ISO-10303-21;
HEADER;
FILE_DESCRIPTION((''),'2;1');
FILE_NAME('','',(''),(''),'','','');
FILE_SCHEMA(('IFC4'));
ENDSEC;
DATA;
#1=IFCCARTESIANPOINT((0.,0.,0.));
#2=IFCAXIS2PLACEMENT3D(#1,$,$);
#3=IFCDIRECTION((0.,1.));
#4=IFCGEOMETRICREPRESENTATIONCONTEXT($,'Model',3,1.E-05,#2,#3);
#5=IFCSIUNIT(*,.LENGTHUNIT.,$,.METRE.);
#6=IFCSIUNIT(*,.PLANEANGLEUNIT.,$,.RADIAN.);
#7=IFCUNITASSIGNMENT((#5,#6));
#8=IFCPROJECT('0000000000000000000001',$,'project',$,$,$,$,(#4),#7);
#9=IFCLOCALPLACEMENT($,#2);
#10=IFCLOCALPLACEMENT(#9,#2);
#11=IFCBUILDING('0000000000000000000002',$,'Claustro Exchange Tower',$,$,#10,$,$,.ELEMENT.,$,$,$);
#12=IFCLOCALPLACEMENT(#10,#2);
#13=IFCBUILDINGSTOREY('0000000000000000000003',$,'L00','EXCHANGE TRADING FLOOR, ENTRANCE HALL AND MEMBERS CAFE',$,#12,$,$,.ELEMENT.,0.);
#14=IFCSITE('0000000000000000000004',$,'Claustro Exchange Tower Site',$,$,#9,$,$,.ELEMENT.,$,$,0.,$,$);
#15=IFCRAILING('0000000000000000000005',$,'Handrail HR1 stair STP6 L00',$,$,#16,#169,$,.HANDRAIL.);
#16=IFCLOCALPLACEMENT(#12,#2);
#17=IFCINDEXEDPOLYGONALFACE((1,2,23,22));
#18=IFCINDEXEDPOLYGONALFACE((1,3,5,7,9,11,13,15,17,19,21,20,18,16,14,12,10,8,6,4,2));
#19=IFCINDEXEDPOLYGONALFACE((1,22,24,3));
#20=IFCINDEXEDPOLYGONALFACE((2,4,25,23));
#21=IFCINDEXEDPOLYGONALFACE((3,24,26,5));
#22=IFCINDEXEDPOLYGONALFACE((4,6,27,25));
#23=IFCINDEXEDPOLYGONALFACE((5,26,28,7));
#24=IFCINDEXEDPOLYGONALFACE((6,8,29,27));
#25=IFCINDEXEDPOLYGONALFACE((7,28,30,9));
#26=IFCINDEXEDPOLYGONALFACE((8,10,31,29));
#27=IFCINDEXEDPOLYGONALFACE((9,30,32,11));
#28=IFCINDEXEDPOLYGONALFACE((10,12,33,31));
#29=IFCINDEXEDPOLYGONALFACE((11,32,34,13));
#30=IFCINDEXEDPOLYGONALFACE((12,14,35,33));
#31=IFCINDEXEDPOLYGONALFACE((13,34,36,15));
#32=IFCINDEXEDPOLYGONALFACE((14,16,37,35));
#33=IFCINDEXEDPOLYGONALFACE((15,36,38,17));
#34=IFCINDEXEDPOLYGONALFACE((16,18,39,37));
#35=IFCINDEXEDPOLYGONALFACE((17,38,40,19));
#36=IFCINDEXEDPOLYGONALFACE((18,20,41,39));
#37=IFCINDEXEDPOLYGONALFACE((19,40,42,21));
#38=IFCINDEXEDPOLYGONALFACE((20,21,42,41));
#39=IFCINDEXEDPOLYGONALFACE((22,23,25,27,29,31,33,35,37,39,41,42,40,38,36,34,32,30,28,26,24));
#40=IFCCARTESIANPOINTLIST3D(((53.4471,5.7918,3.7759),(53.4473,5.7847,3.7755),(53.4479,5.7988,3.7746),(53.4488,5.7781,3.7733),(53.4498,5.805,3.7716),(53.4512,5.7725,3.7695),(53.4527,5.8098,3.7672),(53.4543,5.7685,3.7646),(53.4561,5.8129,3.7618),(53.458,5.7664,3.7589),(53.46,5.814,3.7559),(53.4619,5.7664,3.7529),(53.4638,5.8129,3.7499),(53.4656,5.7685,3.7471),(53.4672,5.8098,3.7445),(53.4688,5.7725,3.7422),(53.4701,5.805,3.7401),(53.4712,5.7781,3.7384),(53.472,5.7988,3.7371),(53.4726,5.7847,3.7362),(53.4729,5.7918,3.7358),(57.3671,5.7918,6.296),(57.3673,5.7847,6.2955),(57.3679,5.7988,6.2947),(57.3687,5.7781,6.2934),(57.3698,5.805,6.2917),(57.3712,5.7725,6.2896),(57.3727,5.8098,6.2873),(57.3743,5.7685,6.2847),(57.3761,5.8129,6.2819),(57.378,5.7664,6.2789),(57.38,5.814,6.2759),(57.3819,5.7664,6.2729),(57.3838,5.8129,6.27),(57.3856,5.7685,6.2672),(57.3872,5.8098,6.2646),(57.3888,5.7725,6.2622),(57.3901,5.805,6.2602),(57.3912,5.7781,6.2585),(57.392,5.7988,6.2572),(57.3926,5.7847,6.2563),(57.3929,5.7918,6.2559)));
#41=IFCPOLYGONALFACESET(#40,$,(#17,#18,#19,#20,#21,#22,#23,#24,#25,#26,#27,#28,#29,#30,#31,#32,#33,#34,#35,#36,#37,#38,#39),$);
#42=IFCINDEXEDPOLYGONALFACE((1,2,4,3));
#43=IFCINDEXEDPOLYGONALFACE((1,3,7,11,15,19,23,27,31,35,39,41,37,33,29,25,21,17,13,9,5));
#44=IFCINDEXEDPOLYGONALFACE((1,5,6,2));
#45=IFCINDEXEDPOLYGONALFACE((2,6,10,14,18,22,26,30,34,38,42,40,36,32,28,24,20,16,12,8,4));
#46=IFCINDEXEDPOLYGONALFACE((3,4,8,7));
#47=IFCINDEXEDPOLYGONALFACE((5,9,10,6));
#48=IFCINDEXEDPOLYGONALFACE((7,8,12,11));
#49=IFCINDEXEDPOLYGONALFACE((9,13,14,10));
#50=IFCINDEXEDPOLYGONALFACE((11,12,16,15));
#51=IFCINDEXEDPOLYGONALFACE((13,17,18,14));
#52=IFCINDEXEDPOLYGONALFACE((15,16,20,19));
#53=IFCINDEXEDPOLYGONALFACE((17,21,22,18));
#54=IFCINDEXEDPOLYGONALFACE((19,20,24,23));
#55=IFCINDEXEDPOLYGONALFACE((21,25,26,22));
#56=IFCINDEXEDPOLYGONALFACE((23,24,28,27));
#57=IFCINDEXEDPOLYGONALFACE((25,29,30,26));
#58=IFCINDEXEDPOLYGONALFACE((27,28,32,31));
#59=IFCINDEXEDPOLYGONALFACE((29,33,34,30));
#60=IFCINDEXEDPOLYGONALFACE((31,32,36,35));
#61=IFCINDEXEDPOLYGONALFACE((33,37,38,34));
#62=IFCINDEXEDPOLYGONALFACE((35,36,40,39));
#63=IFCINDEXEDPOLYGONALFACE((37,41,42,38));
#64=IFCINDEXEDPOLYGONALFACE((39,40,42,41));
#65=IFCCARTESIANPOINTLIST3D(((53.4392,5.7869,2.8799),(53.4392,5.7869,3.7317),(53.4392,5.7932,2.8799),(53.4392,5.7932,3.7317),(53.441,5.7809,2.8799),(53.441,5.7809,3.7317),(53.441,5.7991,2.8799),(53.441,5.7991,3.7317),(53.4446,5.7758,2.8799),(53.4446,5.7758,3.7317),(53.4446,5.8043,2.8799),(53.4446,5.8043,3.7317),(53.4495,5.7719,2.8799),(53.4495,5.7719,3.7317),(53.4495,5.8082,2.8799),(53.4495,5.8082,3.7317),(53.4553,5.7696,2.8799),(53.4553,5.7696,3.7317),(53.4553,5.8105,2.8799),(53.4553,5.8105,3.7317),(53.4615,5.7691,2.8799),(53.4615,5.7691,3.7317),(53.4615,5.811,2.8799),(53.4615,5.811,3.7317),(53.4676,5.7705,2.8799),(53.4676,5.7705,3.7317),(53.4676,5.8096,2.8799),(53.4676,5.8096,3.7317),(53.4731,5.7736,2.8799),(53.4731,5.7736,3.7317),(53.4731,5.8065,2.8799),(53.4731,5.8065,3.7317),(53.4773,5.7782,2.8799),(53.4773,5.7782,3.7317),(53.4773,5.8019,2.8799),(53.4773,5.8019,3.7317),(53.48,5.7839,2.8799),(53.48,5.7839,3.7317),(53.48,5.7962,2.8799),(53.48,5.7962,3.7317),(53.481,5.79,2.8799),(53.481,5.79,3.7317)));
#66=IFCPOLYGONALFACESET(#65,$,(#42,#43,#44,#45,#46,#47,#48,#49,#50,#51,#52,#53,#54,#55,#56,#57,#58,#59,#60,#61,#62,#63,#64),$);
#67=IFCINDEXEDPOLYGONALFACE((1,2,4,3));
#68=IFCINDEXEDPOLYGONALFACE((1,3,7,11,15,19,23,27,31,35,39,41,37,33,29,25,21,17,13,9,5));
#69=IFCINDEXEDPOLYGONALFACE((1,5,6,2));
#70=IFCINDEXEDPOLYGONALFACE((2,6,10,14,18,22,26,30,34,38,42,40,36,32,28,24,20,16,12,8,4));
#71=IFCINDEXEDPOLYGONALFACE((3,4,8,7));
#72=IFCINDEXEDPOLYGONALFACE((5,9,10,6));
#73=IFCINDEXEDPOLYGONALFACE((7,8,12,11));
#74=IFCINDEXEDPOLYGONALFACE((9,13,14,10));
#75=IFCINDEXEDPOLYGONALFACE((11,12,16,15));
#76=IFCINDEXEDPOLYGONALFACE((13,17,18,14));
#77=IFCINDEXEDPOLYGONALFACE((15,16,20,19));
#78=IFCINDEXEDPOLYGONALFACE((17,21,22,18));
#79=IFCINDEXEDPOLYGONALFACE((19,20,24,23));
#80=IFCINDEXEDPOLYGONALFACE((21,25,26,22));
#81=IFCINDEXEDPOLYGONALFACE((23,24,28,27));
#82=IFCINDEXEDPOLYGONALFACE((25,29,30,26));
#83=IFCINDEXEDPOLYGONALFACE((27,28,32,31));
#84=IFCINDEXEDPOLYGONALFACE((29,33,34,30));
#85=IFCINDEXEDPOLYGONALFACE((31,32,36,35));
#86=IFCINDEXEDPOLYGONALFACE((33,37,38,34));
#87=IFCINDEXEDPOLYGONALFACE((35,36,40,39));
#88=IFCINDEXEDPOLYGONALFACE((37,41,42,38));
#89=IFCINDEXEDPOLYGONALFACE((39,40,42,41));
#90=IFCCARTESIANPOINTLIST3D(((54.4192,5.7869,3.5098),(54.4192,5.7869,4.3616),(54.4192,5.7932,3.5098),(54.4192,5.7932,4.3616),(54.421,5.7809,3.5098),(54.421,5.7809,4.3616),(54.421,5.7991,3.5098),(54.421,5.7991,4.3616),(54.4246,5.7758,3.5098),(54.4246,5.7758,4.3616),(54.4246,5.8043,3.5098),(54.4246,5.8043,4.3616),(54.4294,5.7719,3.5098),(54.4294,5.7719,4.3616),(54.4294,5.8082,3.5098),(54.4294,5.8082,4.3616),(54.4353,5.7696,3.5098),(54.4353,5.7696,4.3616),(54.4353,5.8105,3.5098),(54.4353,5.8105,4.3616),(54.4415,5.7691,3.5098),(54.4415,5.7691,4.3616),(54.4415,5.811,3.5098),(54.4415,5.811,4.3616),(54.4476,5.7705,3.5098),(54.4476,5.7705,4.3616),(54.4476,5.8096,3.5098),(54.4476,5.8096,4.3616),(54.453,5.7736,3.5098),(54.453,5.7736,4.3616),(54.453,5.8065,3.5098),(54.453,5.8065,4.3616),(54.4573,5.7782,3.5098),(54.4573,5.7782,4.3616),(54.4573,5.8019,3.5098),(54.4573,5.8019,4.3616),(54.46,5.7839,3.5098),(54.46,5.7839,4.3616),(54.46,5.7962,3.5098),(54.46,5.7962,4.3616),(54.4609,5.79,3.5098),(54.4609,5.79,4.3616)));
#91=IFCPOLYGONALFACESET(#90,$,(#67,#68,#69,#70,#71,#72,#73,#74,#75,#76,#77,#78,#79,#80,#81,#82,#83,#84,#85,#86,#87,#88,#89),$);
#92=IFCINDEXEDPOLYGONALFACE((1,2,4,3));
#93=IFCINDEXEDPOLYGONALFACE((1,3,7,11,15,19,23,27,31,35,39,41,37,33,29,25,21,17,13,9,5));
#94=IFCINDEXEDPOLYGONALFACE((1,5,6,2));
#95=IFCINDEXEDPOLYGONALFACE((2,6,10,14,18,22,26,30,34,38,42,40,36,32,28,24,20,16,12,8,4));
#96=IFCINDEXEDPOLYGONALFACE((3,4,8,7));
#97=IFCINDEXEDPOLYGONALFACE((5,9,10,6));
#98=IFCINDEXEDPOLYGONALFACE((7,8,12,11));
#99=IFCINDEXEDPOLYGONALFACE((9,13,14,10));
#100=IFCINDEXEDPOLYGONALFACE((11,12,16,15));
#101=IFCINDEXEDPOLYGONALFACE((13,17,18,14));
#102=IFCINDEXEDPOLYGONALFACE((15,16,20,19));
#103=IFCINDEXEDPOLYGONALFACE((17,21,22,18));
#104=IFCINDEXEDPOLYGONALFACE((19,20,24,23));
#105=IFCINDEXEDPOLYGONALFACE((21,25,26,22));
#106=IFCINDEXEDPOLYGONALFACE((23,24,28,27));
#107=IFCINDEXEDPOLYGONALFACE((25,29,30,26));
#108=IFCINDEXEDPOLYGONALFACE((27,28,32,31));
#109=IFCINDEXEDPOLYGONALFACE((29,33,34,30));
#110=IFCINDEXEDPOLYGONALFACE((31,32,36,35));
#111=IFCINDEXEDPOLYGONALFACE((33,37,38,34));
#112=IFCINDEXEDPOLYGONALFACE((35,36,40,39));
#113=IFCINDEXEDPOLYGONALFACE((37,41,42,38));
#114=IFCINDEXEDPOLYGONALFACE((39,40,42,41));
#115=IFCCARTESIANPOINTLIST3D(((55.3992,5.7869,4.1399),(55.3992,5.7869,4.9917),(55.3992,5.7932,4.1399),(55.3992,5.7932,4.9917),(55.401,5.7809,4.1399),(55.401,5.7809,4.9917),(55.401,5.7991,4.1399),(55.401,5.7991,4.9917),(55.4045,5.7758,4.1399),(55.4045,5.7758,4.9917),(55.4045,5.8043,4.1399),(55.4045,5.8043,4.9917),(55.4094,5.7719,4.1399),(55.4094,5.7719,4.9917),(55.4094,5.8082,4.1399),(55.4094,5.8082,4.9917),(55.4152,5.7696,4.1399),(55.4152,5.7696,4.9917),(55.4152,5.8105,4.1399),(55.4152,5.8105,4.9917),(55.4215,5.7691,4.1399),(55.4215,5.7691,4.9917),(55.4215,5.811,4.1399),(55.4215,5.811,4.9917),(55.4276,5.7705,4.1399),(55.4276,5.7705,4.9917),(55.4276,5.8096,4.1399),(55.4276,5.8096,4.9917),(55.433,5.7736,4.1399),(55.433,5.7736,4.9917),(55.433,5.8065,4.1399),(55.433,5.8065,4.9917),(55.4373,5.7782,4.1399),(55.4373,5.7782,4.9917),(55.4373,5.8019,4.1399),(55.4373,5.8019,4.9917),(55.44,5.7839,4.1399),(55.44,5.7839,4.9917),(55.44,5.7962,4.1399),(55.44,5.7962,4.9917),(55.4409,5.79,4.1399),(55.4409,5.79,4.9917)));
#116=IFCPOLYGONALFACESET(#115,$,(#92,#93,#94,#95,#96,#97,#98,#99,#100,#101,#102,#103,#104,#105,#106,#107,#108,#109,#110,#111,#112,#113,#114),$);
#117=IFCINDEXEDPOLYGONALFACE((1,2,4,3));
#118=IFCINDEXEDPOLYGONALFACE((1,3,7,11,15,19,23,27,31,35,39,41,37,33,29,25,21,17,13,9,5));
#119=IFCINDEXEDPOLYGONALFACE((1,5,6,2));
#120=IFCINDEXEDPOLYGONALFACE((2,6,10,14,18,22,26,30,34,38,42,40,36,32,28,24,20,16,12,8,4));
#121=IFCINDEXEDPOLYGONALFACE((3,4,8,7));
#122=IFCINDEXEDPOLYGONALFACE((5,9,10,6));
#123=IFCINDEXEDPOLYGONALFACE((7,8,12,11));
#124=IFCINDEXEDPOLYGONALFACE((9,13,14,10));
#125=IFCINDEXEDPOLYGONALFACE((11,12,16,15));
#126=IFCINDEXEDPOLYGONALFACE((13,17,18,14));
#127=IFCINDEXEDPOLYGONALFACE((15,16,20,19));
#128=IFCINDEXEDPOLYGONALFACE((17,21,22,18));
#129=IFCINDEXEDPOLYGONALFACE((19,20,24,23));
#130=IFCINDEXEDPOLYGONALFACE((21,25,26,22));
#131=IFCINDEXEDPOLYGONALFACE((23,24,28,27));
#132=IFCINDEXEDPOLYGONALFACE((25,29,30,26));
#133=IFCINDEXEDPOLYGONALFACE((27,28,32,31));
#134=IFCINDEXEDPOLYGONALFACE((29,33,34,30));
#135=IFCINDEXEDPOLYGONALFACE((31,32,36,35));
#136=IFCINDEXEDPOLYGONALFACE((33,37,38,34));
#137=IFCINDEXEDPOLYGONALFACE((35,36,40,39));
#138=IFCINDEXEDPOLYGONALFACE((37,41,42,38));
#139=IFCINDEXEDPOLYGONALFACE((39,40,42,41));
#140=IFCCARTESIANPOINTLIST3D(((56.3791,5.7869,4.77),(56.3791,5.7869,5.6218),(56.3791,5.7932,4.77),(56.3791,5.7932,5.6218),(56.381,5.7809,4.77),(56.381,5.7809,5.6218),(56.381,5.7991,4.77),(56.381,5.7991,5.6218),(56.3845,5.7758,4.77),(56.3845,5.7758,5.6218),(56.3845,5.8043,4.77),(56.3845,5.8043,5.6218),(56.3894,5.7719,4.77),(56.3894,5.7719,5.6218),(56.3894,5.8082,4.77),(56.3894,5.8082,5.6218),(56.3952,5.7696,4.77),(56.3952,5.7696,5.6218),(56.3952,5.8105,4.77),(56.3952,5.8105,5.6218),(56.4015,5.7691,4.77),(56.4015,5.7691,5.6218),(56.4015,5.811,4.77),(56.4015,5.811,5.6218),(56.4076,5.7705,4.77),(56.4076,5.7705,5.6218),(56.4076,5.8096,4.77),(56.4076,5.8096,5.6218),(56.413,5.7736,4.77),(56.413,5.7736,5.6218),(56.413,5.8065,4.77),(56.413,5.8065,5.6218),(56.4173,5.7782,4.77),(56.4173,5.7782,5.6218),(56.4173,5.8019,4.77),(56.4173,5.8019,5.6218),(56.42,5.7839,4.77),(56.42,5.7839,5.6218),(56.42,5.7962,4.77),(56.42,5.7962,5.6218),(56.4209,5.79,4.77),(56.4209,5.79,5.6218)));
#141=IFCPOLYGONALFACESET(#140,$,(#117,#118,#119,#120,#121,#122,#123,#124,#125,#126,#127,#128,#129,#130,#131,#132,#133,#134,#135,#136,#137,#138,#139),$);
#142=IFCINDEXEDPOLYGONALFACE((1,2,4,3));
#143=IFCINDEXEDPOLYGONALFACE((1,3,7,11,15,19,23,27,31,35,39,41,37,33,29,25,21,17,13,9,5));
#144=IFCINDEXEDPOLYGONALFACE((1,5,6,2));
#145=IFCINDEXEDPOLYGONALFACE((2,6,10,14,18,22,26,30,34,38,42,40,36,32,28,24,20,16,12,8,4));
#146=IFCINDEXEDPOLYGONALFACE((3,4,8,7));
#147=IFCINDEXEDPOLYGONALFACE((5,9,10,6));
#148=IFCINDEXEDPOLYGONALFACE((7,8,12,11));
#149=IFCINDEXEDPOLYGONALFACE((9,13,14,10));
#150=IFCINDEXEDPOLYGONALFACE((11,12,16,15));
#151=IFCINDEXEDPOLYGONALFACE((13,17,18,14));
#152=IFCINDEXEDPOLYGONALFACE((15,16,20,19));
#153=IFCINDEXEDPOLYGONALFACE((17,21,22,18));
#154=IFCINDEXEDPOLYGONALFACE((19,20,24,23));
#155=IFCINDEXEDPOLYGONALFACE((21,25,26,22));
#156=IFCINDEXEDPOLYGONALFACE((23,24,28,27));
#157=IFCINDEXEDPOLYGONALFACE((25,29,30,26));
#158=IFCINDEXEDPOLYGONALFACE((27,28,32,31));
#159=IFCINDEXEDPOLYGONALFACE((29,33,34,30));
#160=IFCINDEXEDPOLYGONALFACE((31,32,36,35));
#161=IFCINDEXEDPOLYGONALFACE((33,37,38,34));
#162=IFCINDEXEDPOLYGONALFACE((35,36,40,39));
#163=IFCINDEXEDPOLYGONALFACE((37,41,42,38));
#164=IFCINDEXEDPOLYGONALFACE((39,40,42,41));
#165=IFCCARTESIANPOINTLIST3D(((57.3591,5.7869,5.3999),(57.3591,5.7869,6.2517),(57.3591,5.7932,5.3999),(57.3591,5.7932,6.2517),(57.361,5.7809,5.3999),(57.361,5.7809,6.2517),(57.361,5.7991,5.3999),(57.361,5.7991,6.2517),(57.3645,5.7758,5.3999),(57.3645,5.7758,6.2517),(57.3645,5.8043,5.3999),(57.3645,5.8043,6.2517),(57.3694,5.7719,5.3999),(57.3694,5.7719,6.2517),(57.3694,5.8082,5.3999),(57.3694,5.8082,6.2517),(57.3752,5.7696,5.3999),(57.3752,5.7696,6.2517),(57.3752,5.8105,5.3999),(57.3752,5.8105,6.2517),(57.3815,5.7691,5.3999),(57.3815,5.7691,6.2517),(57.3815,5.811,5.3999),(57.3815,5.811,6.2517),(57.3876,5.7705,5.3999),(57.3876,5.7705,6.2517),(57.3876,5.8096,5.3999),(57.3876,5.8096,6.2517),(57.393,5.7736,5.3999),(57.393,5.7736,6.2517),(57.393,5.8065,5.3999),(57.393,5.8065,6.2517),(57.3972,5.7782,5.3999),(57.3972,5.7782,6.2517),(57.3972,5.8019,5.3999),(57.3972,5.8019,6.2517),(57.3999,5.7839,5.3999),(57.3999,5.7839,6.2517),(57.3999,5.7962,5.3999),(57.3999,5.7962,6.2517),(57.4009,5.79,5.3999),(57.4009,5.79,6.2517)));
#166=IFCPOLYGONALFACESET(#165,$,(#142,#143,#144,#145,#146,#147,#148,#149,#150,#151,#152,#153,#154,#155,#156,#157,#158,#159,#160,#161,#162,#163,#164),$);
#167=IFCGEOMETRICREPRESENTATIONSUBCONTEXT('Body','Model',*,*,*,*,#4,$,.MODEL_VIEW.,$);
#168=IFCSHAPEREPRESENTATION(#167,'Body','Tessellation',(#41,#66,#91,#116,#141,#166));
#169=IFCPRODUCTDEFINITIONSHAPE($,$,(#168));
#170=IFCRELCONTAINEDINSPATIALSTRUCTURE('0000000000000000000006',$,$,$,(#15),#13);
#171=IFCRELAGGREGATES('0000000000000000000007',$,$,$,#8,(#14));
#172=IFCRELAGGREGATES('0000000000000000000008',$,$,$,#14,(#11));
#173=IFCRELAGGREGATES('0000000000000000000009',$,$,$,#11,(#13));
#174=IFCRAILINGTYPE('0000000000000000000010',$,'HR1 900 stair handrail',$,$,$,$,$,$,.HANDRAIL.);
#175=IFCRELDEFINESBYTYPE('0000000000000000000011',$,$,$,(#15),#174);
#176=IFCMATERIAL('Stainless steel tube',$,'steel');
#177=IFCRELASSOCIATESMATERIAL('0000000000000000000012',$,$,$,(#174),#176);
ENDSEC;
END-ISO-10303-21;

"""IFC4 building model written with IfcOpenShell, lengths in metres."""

from ifc_helpers import new_model, si_unit, direction, frame, origin, origin_2d, place, context, subcontext, project, spatial, circle, extrude, material, type_object, element, save


model = new_model("IFC4")

# Units and contexts
model_context = context("Model", 3, precision=1e-05, world=origin(), true_north=direction((0.0, 1.0)))
body_context = subcontext(model_context, "Body", "Model", "MODEL_VIEW")
ifc_project = project(units=[si_unit("LENGTHUNIT", "METRE"), si_unit("PLANEANGLEUNIT", "RADIAN")], contexts=[model_context])

# Site, building, storey
site_placement = place(None, origin())
site = spatial("IfcSite", under=ifc_project, at=site_placement, Name="Claustro Exchange Tower Site", CompositionType="ELEMENT", RefElevation=0.0)
building_placement = place(site_placement, origin())
building = spatial("IfcBuilding", under=site, at=building_placement, Name="Claustro Exchange Tower", CompositionType="ELEMENT")
storey_placement = place(building_placement, origin())
storey = spatial("IfcBuildingStorey", under=building, at=storey_placement, Name="L00", Description="EXCHANGE TRADING FLOOR, ENTRANCE HALL AND MEMBERS CAFE", CompositionType="ELEMENT", Elevation=0.0)

# Railing
ifc_material_1 = material(Name="Stainless steel tube", Category="steel")
railing_type_1 = type_object("IfcRailingType", Name="HR1 900 stair handrail", PredefinedType="HANDRAIL", material=ifc_material_1)
railing_1_placement = place(storey_placement, frame((53.46, 5.79, 2.8799)))
element("IfcRailing", 1, at=railing_1_placement, inside=storey, type_object=railing_type_1, Name="Handrail HR1 stair STP6 L00", PredefinedType="HANDRAIL", context=body_context, shape_type="SweptSolid", body=[
    extrude(circle(Radius=0.0239, at=origin_2d()), frame((0.0, 0.0, 0.876), z_axis=(0.841172, 0.0, 0.540768), x_axis=(0.0, 1.0, 0.0)), (0.0, 0.0, 1.0), 4.6602),
    extrude(circle(Radius=0.021, at=origin_2d()), origin(), (0.0, 0.0, 1.0), 0.8518),
    extrude(circle(Radius=0.021, at=origin_2d()), frame((0.98, 0.0, 0.6299)), (0.0, 0.0, 1.0), 0.8518),
    extrude(circle(Radius=0.021, at=origin_2d()), frame((1.96, 0.0, 1.26)), (0.0, 0.0, 1.0), 0.8518),
    extrude(circle(Radius=0.021, at=origin_2d()), frame((2.9399, 0.0, 1.8901)), (0.0, 0.0, 1.0), 0.8518),
    extrude(circle(Radius=0.021, at=origin_2d()), frame((3.9199, 0.0, 2.52)), (0.0, 0.0, 1.0), 0.8518),
])

save(model, "model.ifc")
